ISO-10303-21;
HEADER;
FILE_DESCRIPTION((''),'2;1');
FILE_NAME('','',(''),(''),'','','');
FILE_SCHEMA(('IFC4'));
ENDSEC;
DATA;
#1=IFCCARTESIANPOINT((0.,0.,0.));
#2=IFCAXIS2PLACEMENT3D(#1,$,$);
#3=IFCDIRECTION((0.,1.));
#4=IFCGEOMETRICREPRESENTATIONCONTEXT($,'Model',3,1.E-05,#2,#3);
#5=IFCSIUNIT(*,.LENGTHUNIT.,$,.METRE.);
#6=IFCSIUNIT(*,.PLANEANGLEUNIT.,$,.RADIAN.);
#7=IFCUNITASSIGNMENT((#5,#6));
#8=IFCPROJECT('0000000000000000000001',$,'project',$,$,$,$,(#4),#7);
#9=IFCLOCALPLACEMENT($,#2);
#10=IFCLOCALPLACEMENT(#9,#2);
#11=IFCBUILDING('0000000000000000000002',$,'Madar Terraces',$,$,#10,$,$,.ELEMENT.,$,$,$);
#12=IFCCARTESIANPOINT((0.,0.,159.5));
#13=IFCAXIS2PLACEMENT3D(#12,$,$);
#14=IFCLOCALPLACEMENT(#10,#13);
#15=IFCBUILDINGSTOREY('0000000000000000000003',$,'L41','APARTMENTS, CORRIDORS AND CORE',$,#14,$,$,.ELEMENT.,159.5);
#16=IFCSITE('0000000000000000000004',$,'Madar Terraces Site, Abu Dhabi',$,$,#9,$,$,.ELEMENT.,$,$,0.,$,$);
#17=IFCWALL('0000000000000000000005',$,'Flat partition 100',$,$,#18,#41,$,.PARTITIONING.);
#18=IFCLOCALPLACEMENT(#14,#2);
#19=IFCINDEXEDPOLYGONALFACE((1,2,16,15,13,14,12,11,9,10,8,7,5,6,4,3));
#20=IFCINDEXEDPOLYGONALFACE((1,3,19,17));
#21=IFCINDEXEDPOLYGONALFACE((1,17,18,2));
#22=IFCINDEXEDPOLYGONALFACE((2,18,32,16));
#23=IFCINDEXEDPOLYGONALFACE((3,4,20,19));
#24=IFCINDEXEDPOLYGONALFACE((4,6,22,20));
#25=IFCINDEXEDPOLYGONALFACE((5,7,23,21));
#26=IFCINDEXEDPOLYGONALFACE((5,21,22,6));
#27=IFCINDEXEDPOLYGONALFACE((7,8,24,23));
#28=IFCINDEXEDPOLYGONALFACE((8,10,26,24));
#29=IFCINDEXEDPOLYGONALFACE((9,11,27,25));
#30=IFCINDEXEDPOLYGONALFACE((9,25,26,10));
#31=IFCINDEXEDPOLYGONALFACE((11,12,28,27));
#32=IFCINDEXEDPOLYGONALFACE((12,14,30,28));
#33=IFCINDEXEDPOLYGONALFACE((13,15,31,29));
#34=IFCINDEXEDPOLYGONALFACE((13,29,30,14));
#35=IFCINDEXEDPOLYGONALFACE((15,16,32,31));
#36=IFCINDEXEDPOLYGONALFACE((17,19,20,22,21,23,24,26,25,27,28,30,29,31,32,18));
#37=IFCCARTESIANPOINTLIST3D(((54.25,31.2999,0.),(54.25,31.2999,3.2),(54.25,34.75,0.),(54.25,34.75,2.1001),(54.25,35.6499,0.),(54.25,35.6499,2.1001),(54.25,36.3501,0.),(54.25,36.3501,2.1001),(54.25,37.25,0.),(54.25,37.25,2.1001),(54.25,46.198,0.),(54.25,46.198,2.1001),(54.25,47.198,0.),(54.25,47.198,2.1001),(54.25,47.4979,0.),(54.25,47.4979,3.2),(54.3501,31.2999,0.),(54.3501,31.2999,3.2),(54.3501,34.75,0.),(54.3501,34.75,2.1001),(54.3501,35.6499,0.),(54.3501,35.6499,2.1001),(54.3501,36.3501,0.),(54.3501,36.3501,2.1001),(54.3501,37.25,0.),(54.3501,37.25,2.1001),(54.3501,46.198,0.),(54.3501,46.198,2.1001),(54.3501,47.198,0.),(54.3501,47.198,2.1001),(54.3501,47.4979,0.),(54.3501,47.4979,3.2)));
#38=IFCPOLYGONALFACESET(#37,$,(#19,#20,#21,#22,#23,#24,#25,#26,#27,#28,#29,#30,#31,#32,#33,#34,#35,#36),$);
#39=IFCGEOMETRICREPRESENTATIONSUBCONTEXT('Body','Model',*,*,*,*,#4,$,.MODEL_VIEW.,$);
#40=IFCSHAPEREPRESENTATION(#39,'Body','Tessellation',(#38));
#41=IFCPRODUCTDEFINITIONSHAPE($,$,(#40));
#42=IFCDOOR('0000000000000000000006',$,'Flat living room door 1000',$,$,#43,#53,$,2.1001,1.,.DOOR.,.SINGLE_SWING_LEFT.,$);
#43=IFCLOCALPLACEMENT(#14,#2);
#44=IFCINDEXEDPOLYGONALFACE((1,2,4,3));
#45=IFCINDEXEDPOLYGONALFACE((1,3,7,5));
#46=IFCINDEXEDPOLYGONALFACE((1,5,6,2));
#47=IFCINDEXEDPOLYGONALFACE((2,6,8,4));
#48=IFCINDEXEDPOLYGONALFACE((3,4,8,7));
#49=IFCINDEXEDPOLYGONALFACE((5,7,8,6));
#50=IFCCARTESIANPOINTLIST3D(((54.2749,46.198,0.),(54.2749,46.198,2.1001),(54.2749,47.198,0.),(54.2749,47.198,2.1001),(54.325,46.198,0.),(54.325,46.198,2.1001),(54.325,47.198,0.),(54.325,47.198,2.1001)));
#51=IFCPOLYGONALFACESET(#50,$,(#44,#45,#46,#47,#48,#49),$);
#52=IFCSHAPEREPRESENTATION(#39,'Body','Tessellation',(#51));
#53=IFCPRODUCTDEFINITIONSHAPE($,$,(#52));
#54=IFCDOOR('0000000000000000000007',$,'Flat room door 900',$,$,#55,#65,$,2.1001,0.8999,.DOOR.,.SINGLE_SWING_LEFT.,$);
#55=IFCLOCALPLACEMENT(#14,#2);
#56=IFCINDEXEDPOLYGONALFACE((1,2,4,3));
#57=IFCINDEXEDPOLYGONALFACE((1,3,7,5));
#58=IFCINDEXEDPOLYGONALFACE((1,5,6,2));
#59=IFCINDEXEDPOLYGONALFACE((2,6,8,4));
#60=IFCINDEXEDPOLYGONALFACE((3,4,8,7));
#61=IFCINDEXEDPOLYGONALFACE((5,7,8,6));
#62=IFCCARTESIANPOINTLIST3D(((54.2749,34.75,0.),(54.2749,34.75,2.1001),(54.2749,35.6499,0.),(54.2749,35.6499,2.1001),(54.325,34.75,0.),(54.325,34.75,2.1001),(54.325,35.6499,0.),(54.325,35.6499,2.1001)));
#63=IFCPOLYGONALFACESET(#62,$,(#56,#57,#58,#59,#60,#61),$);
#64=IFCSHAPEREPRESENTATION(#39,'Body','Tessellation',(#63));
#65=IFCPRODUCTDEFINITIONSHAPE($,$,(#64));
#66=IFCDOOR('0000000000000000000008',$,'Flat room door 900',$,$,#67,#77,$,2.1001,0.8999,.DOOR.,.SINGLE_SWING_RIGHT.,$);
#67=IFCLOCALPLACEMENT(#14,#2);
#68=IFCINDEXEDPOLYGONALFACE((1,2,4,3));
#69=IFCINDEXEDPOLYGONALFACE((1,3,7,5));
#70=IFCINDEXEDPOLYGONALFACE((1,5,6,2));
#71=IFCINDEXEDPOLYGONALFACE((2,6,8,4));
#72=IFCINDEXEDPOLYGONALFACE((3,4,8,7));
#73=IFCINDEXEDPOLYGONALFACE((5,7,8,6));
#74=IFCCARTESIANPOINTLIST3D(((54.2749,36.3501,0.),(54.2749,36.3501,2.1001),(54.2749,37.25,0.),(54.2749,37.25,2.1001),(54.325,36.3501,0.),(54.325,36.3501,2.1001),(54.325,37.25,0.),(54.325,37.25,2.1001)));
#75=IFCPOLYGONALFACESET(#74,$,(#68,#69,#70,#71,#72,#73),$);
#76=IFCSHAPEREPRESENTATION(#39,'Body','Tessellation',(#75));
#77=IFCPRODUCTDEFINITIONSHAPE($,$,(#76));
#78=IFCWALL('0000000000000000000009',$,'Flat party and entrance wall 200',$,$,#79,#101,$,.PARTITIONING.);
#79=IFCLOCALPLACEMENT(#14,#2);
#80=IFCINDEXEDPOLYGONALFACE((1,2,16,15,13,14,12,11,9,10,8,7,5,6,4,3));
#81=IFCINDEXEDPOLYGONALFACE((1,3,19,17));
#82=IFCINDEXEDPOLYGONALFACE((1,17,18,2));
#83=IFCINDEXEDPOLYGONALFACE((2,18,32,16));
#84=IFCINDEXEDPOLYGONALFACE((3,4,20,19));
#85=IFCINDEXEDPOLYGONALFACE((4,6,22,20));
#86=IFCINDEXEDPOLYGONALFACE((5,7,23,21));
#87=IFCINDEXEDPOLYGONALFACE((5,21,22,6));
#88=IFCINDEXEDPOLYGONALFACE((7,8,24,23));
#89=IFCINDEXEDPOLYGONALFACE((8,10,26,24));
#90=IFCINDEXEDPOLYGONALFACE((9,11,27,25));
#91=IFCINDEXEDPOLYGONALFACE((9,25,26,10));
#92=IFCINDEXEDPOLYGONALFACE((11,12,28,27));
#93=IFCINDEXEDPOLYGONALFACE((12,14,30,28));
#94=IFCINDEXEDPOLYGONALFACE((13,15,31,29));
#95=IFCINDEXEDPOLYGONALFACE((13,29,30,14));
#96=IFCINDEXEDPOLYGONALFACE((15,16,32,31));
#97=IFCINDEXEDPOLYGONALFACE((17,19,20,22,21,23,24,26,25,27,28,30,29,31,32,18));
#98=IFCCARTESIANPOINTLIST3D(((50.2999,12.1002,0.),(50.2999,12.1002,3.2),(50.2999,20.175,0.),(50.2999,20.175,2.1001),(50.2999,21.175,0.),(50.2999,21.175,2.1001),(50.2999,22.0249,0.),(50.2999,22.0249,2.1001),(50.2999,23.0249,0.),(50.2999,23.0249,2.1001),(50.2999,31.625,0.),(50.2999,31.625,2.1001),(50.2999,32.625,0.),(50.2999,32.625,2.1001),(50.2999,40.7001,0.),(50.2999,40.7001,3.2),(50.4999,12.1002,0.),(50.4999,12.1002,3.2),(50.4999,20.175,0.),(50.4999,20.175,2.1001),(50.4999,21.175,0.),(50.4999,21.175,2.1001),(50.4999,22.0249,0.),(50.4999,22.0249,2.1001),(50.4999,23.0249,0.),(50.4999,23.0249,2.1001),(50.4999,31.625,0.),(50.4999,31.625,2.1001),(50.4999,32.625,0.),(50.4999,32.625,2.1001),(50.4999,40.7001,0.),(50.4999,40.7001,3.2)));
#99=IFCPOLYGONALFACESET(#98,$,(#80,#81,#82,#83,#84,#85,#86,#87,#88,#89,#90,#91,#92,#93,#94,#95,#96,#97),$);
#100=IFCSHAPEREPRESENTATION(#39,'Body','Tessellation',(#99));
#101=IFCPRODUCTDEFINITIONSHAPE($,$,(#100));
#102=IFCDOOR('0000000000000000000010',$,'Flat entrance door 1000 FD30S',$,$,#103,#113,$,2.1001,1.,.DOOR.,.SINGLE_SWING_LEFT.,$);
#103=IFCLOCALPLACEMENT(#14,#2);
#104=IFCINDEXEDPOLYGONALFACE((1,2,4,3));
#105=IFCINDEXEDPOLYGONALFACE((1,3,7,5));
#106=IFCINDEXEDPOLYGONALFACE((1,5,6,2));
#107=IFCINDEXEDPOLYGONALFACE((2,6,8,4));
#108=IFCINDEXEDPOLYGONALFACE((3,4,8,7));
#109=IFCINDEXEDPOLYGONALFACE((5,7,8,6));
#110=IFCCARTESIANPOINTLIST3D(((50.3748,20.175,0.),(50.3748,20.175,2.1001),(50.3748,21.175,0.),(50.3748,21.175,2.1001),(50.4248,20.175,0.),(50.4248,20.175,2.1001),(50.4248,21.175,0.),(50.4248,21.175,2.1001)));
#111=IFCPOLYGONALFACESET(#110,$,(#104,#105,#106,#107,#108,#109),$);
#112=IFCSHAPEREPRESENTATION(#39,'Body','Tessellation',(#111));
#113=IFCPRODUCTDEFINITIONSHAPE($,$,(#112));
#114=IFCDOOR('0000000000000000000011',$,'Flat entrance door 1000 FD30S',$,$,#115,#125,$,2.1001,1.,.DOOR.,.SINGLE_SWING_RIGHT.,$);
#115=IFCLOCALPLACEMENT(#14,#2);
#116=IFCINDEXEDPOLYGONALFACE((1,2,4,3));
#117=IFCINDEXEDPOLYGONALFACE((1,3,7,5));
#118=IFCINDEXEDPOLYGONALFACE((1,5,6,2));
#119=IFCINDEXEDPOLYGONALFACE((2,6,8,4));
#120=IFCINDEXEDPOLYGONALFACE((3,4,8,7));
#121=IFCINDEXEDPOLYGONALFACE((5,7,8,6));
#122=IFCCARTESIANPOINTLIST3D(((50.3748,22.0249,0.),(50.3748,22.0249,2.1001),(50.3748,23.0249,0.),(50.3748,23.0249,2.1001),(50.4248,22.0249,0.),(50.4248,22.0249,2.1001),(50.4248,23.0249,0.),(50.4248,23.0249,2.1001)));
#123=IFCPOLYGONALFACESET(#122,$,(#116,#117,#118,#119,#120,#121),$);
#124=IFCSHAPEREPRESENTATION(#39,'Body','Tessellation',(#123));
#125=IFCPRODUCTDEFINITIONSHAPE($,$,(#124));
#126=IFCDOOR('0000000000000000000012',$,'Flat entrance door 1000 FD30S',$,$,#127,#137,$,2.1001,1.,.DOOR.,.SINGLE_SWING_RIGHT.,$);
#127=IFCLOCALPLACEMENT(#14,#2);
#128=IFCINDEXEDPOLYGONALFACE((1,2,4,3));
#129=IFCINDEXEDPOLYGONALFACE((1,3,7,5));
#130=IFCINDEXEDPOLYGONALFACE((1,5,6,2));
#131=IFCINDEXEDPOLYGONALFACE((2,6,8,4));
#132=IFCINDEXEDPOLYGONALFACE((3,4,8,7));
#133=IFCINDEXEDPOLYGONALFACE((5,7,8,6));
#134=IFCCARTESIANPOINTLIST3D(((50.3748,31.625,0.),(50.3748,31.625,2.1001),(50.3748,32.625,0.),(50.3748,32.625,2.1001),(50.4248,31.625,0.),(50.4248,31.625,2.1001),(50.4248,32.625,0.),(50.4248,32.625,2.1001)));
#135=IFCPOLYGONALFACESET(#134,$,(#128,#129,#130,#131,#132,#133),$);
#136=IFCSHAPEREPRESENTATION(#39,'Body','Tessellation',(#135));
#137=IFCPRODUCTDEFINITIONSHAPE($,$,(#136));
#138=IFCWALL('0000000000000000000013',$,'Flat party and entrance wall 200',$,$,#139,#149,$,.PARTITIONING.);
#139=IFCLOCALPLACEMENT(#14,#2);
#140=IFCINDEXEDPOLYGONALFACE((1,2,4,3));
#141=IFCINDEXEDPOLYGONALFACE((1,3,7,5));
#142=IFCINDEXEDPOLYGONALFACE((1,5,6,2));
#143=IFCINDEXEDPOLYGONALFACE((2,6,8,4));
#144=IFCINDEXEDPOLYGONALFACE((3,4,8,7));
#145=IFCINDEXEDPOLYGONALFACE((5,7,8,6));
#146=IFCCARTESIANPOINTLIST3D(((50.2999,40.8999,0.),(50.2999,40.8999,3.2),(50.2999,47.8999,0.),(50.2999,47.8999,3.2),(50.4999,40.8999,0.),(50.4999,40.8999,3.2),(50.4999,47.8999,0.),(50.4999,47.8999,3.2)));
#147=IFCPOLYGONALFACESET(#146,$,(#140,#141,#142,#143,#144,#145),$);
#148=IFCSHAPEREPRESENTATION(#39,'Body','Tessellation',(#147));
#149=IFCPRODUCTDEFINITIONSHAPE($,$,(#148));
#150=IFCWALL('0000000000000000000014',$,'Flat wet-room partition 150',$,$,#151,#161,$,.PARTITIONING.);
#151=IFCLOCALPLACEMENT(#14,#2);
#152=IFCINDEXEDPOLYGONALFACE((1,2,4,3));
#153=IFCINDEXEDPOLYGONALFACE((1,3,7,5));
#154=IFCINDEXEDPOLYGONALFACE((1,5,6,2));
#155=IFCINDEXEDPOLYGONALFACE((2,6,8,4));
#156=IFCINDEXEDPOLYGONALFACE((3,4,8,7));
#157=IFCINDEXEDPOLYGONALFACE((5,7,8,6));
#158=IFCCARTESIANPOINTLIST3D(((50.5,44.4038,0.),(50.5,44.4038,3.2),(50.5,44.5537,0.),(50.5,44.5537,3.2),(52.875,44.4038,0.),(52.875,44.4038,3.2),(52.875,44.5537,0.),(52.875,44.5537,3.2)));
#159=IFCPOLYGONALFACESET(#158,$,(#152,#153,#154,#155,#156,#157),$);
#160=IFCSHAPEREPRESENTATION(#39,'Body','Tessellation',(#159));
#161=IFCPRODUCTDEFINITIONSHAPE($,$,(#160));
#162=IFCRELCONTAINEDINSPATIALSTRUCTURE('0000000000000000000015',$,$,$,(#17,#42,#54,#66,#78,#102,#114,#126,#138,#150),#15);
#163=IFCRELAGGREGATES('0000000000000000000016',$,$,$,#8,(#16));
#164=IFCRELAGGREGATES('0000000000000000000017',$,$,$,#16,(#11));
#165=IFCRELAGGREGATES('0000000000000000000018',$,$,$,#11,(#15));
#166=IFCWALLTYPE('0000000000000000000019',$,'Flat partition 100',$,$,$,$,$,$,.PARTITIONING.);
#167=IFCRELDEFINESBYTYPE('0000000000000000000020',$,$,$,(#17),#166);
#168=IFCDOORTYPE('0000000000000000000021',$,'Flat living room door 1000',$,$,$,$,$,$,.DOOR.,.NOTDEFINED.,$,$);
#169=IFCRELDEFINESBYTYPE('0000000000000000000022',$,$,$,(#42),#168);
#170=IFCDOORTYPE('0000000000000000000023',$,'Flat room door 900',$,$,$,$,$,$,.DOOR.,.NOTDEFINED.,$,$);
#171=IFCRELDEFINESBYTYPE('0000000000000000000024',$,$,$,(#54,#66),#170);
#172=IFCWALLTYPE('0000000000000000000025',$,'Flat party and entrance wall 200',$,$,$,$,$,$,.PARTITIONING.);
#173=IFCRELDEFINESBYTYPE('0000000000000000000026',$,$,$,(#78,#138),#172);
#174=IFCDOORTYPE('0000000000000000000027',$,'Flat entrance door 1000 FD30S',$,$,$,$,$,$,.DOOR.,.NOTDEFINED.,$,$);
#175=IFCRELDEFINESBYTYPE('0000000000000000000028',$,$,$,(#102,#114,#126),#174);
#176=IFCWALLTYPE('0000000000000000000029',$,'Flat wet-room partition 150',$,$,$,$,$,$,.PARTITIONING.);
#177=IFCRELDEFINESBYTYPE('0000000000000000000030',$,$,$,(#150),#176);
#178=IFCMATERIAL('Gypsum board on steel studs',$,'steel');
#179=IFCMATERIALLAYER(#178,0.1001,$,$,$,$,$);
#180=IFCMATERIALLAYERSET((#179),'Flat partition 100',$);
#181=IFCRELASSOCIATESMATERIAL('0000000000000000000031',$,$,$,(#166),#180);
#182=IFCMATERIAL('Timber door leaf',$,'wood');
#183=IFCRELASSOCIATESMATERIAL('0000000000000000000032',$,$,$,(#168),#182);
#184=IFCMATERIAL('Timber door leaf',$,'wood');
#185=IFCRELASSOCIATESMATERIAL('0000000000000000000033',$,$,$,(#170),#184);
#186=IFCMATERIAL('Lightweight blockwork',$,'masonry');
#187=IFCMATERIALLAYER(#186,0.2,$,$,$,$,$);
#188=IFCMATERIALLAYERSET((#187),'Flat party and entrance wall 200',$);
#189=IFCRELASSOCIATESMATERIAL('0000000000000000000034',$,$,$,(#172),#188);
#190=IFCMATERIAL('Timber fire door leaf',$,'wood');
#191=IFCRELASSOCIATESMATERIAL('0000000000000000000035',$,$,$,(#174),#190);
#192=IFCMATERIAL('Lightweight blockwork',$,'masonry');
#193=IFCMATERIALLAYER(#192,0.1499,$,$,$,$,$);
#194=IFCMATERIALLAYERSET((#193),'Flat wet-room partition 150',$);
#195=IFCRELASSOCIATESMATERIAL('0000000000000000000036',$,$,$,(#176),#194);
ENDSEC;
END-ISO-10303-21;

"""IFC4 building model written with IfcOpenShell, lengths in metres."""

from ifc_helpers import new_model, si_unit, direction, frame, frame_2d, origin, place, context, subcontext, project, spatial, rectangle, extrude, material, layer, layer_set, type_object, element, fill, save


model = new_model("IFC4")

# Units and contexts
model_context = context("Model", 3, precision=1e-05, world=origin(), true_north=direction((0.0, 1.0)))
body_context = subcontext(model_context, "Body", "Model", "MODEL_VIEW")
ifc_project = project(units=[si_unit("LENGTHUNIT", "METRE"), si_unit("PLANEANGLEUNIT", "RADIAN")], contexts=[model_context])

# Site, building, storey
site_placement = place(None, origin())
site = spatial("IfcSite", under=ifc_project, at=site_placement, Name="Madar Terraces Site, Abu Dhabi", CompositionType="ELEMENT", RefElevation=0.0)
building_placement = place(site_placement, origin())
building = spatial("IfcBuilding", under=site, at=building_placement, Name="Madar Terraces", CompositionType="ELEMENT")
storey_placement = place(building_placement, frame((0.0, 0.0, 159.5)))
storey = spatial("IfcBuildingStorey", under=building, at=storey_placement, Name="L41", Description="APARTMENTS, CORRIDORS AND CORE", CompositionType="ELEMENT", Elevation=159.5)

# Shared definitions
ifc_material_1 = material(Name="Gypsum board on steel studs", Category="steel")
ifc_layer_1 = layer(ifc_material_1, 0.1001)
ifc_layer_set_1 = layer_set([ifc_layer_1], Name="Flat partition 100")
wall_type_1 = type_object("IfcWallType", Name="Flat partition 100", PredefinedType="PARTITIONING", material=ifc_layer_set_1)

# Walls, openings, doors
wall_1_placement = place(storey_placement, frame((54.3, 47.498, 0.0), z_axis=(0.0, 0.0, 1.0), x_axis=(0.0, -1.0, 0.0)))
wall_1 = element("IfcWall", 1, at=wall_1_placement, inside=storey, type_object=wall_type_1, Name="Flat partition 100", PredefinedType="PARTITIONING", context=body_context, shape_type="SweptSolid", body=[
    extrude(rectangle(XDim=16.198, YDim=0.1001, at=frame_2d((8.0991, 0.0))), origin(), (0.0, 0.0, 1.0), 3.2),
])
opening_1_placement = place(wall_1_placement, frame((11.8481, 0.0, 0.0)))
opening_1 = element("IfcOpeningElement", 2, at=opening_1_placement, cuts=wall_1, PredefinedType="OPENING", context=body_context, shape_type="SweptSolid", body=[
    extrude(rectangle(XDim=0.8999, YDim=2.1001, at=frame_2d((0.45, 1.05))), frame((0.0, 0.0601, 0.0), z_axis=(0.0, -1.0, 0.0), x_axis=(1.0, 0.0, 0.0)), (0.0, 0.0, 1.0), 0.1201),
])
opening_2_placement = place(wall_1_placement, frame((10.248, 0.0, 0.0)))
opening_2 = element("IfcOpeningElement", 3, at=opening_2_placement, cuts=wall_1, PredefinedType="OPENING", context=body_context, shape_type="SweptSolid", body=[
    extrude(rectangle(XDim=0.8999, YDim=2.1001, at=frame_2d((0.45, 1.05))), frame((0.0, 0.0601, 0.0), z_axis=(0.0, -1.0, 0.0), x_axis=(1.0, 0.0, 0.0)), (0.0, 0.0, 1.0), 0.1201),
])
opening_3_placement = place(wall_1_placement, frame((0.3, 0.0, 0.0)))
opening_3 = element("IfcOpeningElement", 4, at=opening_3_placement, cuts=wall_1, PredefinedType="OPENING", context=body_context, shape_type="SweptSolid", body=[
    extrude(rectangle(XDim=1.0, YDim=2.1001, at=frame_2d((0.5, 1.05))), frame((0.0, 0.0601, 0.0), z_axis=(0.0, -1.0, 0.0), x_axis=(1.0, 0.0, 0.0)), (0.0, 0.0, 1.0), 0.1201),
])
ifc_material_2 = material(Name="Timber door leaf", Category="wood")
door_type_1 = type_object("IfcDoorType", Name="Flat living room door 1000", OperationType="NOTDEFINED", PredefinedType="DOOR", material=ifc_material_2)
door_1_placement = place(opening_3_placement, origin())
door_1 = element("IfcDoor", 5, at=door_1_placement, inside=storey, type_object=door_type_1, Name="Flat living room door 1000", OperationType="SINGLE_SWING_LEFT", OverallHeight=2.1001, OverallWidth=1.0, PredefinedType="DOOR", context=body_context, shape_type="SweptSolid", body=[
    extrude(rectangle(XDim=1.0, YDim=2.1001, at=frame_2d((0.5, 1.05))), frame((0.0, 0.0249, 0.0), z_axis=(0.0, -1.0, 0.0), x_axis=(1.0, 0.0, 0.0)), (0.0, 0.0, 1.0), 0.05),
])
fill(opening_3, door_1)
ifc_material_3 = material(Name="Timber door leaf", Category="wood")
door_type_2 = type_object("IfcDoorType", Name="Flat room door 900", OperationType="NOTDEFINED", PredefinedType="DOOR", material=ifc_material_3)
door_2_placement = place(opening_1_placement, origin())
door_2 = element("IfcDoor", 6, at=door_2_placement, inside=storey, type_object=door_type_2, Name="Flat room door 900", OperationType="SINGLE_SWING_LEFT", OverallHeight=2.1001, OverallWidth=0.8999, PredefinedType="DOOR", context=body_context, shape_type="SweptSolid", body=[
    extrude(rectangle(XDim=0.8999, YDim=2.1001, at=frame_2d((0.45, 1.05))), frame((0.0, 0.0249, 0.0), z_axis=(0.0, -1.0, 0.0), x_axis=(1.0, 0.0, 0.0)), (0.0, 0.0, 1.0), 0.05),
])
fill(opening_1, door_2)
door_3_placement = place(opening_2_placement, origin())
door_3 = element("IfcDoor", 7, at=door_3_placement, inside=storey, type_object=door_type_2, Name="Flat room door 900", OperationType="SINGLE_SWING_RIGHT", OverallHeight=2.1001, OverallWidth=0.8999, PredefinedType="DOOR", context=body_context, shape_type="SweptSolid", body=[
    extrude(rectangle(XDim=0.8999, YDim=2.1001, at=frame_2d((0.45, 1.05))), frame((0.0, 0.0249, 0.0), z_axis=(0.0, -1.0, 0.0), x_axis=(1.0, 0.0, 0.0)), (0.0, 0.0, 1.0), 0.05),
])
fill(opening_2, door_3)
ifc_material_4 = material(Name="Lightweight blockwork", Category="masonry")
ifc_layer_2 = layer(ifc_material_4, 0.2)
ifc_layer_set_2 = layer_set([ifc_layer_2], Name="Flat party and entrance wall 200")
wall_type_2 = type_object("IfcWallType", Name="Flat party and entrance wall 200", PredefinedType="PARTITIONING", material=ifc_layer_set_2)
wall_2_placement = place(storey_placement, frame((50.3999, 40.7, 0.0), z_axis=(0.0, 0.0, 1.0), x_axis=(0.0, -1.0, 0.0)))
wall_2 = element("IfcWall", 8, at=wall_2_placement, inside=storey, type_object=wall_type_2, Name="Flat party and entrance wall 200", PredefinedType="PARTITIONING", context=body_context, shape_type="SweptSolid", body=[
    extrude(rectangle(XDim=28.5999, YDim=0.2, at=frame_2d((14.2998, 0.0))), origin(), (0.0, 0.0, 1.0), 3.2),
])
opening_4_placement = place(wall_2_placement, frame((19.5249, 0.0, 0.0)))
opening_4 = element("IfcOpeningElement", 9, at=opening_4_placement, cuts=wall_2, PredefinedType="OPENING", context=body_context, shape_type="SweptSolid", body=[
    extrude(rectangle(XDim=1.0, YDim=2.1001, at=frame_2d((0.5, 1.05))), frame((0.0, 0.1099, 0.0), z_axis=(0.0, -1.0, 0.0), x_axis=(1.0, 0.0, 0.0)), (0.0, 0.0, 1.0), 0.22),
])
opening_5_placement = place(wall_2_placement, frame((17.675, 0.0, 0.0)))
opening_5 = element("IfcOpeningElement", 10, at=opening_5_placement, cuts=wall_2, PredefinedType="OPENING", context=body_context, shape_type="SweptSolid", body=[
    extrude(rectangle(XDim=1.0, YDim=2.1001, at=frame_2d((0.5, 1.05))), frame((0.0, 0.1099, 0.0), z_axis=(0.0, -1.0, 0.0), x_axis=(1.0, 0.0, 0.0)), (0.0, 0.0, 1.0), 0.22),
])
opening_6_placement = place(wall_2_placement, frame((8.075, 0.0, 0.0)))
opening_6 = element("IfcOpeningElement", 11, at=opening_6_placement, cuts=wall_2, PredefinedType="OPENING", context=body_context, shape_type="SweptSolid", body=[
    extrude(rectangle(XDim=1.0, YDim=2.1001, at=frame_2d((0.5, 1.05))), frame((0.0, 0.1099, 0.0), z_axis=(0.0, -1.0, 0.0), x_axis=(1.0, 0.0, 0.0)), (0.0, 0.0, 1.0), 0.22),
])
ifc_material_5 = material(Name="Timber fire door leaf", Category="wood")
door_type_3 = type_object("IfcDoorType", Name="Flat entrance door 1000 FD30S", OperationType="NOTDEFINED", PredefinedType="DOOR", material=ifc_material_5)
door_4_placement = place(opening_4_placement, origin())
door_4 = element("IfcDoor", 12, at=door_4_placement, inside=storey, type_object=door_type_3, Name="Flat entrance door 1000 FD30S", OperationType="SINGLE_SWING_LEFT", OverallHeight=2.1001, OverallWidth=1.0, PredefinedType="DOOR", context=body_context, shape_type="SweptSolid", body=[
    extrude(rectangle(XDim=1.0, YDim=2.1001, at=frame_2d((0.5, 1.05))), frame((0.0, 0.0249, 0.0), z_axis=(0.0, -1.0, 0.0), x_axis=(1.0, 0.0, 0.0)), (0.0, 0.0, 1.0), 0.05),
])
fill(opening_4, door_4)
door_5_placement = place(opening_5_placement, origin())
door_5 = element("IfcDoor", 13, at=door_5_placement, inside=storey, type_object=door_type_3, Name="Flat entrance door 1000 FD30S", OperationType="SINGLE_SWING_RIGHT", OverallHeight=2.1001, OverallWidth=1.0, PredefinedType="DOOR", context=body_context, shape_type="SweptSolid", body=[
    extrude(rectangle(XDim=1.0, YDim=2.1001, at=frame_2d((0.5, 1.05))), frame((0.0, 0.0249, 0.0), z_axis=(0.0, -1.0, 0.0), x_axis=(1.0, 0.0, 0.0)), (0.0, 0.0, 1.0), 0.05),
])
fill(opening_5, door_5)
door_6_placement = place(opening_6_placement, origin())
door_6 = element("IfcDoor", 14, at=door_6_placement, inside=storey, type_object=door_type_3, Name="Flat entrance door 1000 FD30S", OperationType="SINGLE_SWING_RIGHT", OverallHeight=2.1001, OverallWidth=1.0, PredefinedType="DOOR", context=body_context, shape_type="SweptSolid", body=[
    extrude(rectangle(XDim=1.0, YDim=2.1001, at=frame_2d((0.5, 1.05))), frame((0.0, 0.0249, 0.0), z_axis=(0.0, -1.0, 0.0), x_axis=(1.0, 0.0, 0.0)), (0.0, 0.0, 1.0), 0.05),
])
fill(opening_6, door_6)

# Walls
wall_3_placement = place(storey_placement, frame((50.3999, 40.8999, 0.0), z_axis=(0.0, 0.0, 1.0), x_axis=(0.0, 1.0, 0.0)))
element("IfcWall", 15, at=wall_3_placement, inside=storey, type_object=wall_type_2, Name="Flat party and entrance wall 200", PredefinedType="PARTITIONING", context=body_context, shape_type="SweptSolid", body=[
    extrude(rectangle(XDim=7.0, YDim=0.2, at=frame_2d((3.5, 0.0))), origin(), (0.0, 0.0, 1.0), 3.2),
])
ifc_material_6 = material(Name="Lightweight blockwork", Category="masonry")
ifc_layer_3 = layer(ifc_material_6, 0.1499)
ifc_layer_set_3 = layer_set([ifc_layer_3], Name="Flat wet-room partition 150")
wall_type_3 = type_object("IfcWallType", Name="Flat wet-room partition 150", PredefinedType="PARTITIONING", material=ifc_layer_set_3)
wall_4_placement = place(storey_placement, frame((50.5, 44.4788, 0.0), z_axis=(0.0, 0.0, 1.0), x_axis=(1.0, 0.0, 0.0)))
element("IfcWall", 16, at=wall_4_placement, inside=storey, type_object=wall_type_3, Name="Flat wet-room partition 150", PredefinedType="PARTITIONING", context=body_context, shape_type="SweptSolid", body=[
    extrude(rectangle(XDim=2.375, YDim=0.1499, at=frame_2d((1.1875, 0.0))), origin(), (0.0, 0.0, 1.0), 3.2),
])

save(model, "model.ifc")
